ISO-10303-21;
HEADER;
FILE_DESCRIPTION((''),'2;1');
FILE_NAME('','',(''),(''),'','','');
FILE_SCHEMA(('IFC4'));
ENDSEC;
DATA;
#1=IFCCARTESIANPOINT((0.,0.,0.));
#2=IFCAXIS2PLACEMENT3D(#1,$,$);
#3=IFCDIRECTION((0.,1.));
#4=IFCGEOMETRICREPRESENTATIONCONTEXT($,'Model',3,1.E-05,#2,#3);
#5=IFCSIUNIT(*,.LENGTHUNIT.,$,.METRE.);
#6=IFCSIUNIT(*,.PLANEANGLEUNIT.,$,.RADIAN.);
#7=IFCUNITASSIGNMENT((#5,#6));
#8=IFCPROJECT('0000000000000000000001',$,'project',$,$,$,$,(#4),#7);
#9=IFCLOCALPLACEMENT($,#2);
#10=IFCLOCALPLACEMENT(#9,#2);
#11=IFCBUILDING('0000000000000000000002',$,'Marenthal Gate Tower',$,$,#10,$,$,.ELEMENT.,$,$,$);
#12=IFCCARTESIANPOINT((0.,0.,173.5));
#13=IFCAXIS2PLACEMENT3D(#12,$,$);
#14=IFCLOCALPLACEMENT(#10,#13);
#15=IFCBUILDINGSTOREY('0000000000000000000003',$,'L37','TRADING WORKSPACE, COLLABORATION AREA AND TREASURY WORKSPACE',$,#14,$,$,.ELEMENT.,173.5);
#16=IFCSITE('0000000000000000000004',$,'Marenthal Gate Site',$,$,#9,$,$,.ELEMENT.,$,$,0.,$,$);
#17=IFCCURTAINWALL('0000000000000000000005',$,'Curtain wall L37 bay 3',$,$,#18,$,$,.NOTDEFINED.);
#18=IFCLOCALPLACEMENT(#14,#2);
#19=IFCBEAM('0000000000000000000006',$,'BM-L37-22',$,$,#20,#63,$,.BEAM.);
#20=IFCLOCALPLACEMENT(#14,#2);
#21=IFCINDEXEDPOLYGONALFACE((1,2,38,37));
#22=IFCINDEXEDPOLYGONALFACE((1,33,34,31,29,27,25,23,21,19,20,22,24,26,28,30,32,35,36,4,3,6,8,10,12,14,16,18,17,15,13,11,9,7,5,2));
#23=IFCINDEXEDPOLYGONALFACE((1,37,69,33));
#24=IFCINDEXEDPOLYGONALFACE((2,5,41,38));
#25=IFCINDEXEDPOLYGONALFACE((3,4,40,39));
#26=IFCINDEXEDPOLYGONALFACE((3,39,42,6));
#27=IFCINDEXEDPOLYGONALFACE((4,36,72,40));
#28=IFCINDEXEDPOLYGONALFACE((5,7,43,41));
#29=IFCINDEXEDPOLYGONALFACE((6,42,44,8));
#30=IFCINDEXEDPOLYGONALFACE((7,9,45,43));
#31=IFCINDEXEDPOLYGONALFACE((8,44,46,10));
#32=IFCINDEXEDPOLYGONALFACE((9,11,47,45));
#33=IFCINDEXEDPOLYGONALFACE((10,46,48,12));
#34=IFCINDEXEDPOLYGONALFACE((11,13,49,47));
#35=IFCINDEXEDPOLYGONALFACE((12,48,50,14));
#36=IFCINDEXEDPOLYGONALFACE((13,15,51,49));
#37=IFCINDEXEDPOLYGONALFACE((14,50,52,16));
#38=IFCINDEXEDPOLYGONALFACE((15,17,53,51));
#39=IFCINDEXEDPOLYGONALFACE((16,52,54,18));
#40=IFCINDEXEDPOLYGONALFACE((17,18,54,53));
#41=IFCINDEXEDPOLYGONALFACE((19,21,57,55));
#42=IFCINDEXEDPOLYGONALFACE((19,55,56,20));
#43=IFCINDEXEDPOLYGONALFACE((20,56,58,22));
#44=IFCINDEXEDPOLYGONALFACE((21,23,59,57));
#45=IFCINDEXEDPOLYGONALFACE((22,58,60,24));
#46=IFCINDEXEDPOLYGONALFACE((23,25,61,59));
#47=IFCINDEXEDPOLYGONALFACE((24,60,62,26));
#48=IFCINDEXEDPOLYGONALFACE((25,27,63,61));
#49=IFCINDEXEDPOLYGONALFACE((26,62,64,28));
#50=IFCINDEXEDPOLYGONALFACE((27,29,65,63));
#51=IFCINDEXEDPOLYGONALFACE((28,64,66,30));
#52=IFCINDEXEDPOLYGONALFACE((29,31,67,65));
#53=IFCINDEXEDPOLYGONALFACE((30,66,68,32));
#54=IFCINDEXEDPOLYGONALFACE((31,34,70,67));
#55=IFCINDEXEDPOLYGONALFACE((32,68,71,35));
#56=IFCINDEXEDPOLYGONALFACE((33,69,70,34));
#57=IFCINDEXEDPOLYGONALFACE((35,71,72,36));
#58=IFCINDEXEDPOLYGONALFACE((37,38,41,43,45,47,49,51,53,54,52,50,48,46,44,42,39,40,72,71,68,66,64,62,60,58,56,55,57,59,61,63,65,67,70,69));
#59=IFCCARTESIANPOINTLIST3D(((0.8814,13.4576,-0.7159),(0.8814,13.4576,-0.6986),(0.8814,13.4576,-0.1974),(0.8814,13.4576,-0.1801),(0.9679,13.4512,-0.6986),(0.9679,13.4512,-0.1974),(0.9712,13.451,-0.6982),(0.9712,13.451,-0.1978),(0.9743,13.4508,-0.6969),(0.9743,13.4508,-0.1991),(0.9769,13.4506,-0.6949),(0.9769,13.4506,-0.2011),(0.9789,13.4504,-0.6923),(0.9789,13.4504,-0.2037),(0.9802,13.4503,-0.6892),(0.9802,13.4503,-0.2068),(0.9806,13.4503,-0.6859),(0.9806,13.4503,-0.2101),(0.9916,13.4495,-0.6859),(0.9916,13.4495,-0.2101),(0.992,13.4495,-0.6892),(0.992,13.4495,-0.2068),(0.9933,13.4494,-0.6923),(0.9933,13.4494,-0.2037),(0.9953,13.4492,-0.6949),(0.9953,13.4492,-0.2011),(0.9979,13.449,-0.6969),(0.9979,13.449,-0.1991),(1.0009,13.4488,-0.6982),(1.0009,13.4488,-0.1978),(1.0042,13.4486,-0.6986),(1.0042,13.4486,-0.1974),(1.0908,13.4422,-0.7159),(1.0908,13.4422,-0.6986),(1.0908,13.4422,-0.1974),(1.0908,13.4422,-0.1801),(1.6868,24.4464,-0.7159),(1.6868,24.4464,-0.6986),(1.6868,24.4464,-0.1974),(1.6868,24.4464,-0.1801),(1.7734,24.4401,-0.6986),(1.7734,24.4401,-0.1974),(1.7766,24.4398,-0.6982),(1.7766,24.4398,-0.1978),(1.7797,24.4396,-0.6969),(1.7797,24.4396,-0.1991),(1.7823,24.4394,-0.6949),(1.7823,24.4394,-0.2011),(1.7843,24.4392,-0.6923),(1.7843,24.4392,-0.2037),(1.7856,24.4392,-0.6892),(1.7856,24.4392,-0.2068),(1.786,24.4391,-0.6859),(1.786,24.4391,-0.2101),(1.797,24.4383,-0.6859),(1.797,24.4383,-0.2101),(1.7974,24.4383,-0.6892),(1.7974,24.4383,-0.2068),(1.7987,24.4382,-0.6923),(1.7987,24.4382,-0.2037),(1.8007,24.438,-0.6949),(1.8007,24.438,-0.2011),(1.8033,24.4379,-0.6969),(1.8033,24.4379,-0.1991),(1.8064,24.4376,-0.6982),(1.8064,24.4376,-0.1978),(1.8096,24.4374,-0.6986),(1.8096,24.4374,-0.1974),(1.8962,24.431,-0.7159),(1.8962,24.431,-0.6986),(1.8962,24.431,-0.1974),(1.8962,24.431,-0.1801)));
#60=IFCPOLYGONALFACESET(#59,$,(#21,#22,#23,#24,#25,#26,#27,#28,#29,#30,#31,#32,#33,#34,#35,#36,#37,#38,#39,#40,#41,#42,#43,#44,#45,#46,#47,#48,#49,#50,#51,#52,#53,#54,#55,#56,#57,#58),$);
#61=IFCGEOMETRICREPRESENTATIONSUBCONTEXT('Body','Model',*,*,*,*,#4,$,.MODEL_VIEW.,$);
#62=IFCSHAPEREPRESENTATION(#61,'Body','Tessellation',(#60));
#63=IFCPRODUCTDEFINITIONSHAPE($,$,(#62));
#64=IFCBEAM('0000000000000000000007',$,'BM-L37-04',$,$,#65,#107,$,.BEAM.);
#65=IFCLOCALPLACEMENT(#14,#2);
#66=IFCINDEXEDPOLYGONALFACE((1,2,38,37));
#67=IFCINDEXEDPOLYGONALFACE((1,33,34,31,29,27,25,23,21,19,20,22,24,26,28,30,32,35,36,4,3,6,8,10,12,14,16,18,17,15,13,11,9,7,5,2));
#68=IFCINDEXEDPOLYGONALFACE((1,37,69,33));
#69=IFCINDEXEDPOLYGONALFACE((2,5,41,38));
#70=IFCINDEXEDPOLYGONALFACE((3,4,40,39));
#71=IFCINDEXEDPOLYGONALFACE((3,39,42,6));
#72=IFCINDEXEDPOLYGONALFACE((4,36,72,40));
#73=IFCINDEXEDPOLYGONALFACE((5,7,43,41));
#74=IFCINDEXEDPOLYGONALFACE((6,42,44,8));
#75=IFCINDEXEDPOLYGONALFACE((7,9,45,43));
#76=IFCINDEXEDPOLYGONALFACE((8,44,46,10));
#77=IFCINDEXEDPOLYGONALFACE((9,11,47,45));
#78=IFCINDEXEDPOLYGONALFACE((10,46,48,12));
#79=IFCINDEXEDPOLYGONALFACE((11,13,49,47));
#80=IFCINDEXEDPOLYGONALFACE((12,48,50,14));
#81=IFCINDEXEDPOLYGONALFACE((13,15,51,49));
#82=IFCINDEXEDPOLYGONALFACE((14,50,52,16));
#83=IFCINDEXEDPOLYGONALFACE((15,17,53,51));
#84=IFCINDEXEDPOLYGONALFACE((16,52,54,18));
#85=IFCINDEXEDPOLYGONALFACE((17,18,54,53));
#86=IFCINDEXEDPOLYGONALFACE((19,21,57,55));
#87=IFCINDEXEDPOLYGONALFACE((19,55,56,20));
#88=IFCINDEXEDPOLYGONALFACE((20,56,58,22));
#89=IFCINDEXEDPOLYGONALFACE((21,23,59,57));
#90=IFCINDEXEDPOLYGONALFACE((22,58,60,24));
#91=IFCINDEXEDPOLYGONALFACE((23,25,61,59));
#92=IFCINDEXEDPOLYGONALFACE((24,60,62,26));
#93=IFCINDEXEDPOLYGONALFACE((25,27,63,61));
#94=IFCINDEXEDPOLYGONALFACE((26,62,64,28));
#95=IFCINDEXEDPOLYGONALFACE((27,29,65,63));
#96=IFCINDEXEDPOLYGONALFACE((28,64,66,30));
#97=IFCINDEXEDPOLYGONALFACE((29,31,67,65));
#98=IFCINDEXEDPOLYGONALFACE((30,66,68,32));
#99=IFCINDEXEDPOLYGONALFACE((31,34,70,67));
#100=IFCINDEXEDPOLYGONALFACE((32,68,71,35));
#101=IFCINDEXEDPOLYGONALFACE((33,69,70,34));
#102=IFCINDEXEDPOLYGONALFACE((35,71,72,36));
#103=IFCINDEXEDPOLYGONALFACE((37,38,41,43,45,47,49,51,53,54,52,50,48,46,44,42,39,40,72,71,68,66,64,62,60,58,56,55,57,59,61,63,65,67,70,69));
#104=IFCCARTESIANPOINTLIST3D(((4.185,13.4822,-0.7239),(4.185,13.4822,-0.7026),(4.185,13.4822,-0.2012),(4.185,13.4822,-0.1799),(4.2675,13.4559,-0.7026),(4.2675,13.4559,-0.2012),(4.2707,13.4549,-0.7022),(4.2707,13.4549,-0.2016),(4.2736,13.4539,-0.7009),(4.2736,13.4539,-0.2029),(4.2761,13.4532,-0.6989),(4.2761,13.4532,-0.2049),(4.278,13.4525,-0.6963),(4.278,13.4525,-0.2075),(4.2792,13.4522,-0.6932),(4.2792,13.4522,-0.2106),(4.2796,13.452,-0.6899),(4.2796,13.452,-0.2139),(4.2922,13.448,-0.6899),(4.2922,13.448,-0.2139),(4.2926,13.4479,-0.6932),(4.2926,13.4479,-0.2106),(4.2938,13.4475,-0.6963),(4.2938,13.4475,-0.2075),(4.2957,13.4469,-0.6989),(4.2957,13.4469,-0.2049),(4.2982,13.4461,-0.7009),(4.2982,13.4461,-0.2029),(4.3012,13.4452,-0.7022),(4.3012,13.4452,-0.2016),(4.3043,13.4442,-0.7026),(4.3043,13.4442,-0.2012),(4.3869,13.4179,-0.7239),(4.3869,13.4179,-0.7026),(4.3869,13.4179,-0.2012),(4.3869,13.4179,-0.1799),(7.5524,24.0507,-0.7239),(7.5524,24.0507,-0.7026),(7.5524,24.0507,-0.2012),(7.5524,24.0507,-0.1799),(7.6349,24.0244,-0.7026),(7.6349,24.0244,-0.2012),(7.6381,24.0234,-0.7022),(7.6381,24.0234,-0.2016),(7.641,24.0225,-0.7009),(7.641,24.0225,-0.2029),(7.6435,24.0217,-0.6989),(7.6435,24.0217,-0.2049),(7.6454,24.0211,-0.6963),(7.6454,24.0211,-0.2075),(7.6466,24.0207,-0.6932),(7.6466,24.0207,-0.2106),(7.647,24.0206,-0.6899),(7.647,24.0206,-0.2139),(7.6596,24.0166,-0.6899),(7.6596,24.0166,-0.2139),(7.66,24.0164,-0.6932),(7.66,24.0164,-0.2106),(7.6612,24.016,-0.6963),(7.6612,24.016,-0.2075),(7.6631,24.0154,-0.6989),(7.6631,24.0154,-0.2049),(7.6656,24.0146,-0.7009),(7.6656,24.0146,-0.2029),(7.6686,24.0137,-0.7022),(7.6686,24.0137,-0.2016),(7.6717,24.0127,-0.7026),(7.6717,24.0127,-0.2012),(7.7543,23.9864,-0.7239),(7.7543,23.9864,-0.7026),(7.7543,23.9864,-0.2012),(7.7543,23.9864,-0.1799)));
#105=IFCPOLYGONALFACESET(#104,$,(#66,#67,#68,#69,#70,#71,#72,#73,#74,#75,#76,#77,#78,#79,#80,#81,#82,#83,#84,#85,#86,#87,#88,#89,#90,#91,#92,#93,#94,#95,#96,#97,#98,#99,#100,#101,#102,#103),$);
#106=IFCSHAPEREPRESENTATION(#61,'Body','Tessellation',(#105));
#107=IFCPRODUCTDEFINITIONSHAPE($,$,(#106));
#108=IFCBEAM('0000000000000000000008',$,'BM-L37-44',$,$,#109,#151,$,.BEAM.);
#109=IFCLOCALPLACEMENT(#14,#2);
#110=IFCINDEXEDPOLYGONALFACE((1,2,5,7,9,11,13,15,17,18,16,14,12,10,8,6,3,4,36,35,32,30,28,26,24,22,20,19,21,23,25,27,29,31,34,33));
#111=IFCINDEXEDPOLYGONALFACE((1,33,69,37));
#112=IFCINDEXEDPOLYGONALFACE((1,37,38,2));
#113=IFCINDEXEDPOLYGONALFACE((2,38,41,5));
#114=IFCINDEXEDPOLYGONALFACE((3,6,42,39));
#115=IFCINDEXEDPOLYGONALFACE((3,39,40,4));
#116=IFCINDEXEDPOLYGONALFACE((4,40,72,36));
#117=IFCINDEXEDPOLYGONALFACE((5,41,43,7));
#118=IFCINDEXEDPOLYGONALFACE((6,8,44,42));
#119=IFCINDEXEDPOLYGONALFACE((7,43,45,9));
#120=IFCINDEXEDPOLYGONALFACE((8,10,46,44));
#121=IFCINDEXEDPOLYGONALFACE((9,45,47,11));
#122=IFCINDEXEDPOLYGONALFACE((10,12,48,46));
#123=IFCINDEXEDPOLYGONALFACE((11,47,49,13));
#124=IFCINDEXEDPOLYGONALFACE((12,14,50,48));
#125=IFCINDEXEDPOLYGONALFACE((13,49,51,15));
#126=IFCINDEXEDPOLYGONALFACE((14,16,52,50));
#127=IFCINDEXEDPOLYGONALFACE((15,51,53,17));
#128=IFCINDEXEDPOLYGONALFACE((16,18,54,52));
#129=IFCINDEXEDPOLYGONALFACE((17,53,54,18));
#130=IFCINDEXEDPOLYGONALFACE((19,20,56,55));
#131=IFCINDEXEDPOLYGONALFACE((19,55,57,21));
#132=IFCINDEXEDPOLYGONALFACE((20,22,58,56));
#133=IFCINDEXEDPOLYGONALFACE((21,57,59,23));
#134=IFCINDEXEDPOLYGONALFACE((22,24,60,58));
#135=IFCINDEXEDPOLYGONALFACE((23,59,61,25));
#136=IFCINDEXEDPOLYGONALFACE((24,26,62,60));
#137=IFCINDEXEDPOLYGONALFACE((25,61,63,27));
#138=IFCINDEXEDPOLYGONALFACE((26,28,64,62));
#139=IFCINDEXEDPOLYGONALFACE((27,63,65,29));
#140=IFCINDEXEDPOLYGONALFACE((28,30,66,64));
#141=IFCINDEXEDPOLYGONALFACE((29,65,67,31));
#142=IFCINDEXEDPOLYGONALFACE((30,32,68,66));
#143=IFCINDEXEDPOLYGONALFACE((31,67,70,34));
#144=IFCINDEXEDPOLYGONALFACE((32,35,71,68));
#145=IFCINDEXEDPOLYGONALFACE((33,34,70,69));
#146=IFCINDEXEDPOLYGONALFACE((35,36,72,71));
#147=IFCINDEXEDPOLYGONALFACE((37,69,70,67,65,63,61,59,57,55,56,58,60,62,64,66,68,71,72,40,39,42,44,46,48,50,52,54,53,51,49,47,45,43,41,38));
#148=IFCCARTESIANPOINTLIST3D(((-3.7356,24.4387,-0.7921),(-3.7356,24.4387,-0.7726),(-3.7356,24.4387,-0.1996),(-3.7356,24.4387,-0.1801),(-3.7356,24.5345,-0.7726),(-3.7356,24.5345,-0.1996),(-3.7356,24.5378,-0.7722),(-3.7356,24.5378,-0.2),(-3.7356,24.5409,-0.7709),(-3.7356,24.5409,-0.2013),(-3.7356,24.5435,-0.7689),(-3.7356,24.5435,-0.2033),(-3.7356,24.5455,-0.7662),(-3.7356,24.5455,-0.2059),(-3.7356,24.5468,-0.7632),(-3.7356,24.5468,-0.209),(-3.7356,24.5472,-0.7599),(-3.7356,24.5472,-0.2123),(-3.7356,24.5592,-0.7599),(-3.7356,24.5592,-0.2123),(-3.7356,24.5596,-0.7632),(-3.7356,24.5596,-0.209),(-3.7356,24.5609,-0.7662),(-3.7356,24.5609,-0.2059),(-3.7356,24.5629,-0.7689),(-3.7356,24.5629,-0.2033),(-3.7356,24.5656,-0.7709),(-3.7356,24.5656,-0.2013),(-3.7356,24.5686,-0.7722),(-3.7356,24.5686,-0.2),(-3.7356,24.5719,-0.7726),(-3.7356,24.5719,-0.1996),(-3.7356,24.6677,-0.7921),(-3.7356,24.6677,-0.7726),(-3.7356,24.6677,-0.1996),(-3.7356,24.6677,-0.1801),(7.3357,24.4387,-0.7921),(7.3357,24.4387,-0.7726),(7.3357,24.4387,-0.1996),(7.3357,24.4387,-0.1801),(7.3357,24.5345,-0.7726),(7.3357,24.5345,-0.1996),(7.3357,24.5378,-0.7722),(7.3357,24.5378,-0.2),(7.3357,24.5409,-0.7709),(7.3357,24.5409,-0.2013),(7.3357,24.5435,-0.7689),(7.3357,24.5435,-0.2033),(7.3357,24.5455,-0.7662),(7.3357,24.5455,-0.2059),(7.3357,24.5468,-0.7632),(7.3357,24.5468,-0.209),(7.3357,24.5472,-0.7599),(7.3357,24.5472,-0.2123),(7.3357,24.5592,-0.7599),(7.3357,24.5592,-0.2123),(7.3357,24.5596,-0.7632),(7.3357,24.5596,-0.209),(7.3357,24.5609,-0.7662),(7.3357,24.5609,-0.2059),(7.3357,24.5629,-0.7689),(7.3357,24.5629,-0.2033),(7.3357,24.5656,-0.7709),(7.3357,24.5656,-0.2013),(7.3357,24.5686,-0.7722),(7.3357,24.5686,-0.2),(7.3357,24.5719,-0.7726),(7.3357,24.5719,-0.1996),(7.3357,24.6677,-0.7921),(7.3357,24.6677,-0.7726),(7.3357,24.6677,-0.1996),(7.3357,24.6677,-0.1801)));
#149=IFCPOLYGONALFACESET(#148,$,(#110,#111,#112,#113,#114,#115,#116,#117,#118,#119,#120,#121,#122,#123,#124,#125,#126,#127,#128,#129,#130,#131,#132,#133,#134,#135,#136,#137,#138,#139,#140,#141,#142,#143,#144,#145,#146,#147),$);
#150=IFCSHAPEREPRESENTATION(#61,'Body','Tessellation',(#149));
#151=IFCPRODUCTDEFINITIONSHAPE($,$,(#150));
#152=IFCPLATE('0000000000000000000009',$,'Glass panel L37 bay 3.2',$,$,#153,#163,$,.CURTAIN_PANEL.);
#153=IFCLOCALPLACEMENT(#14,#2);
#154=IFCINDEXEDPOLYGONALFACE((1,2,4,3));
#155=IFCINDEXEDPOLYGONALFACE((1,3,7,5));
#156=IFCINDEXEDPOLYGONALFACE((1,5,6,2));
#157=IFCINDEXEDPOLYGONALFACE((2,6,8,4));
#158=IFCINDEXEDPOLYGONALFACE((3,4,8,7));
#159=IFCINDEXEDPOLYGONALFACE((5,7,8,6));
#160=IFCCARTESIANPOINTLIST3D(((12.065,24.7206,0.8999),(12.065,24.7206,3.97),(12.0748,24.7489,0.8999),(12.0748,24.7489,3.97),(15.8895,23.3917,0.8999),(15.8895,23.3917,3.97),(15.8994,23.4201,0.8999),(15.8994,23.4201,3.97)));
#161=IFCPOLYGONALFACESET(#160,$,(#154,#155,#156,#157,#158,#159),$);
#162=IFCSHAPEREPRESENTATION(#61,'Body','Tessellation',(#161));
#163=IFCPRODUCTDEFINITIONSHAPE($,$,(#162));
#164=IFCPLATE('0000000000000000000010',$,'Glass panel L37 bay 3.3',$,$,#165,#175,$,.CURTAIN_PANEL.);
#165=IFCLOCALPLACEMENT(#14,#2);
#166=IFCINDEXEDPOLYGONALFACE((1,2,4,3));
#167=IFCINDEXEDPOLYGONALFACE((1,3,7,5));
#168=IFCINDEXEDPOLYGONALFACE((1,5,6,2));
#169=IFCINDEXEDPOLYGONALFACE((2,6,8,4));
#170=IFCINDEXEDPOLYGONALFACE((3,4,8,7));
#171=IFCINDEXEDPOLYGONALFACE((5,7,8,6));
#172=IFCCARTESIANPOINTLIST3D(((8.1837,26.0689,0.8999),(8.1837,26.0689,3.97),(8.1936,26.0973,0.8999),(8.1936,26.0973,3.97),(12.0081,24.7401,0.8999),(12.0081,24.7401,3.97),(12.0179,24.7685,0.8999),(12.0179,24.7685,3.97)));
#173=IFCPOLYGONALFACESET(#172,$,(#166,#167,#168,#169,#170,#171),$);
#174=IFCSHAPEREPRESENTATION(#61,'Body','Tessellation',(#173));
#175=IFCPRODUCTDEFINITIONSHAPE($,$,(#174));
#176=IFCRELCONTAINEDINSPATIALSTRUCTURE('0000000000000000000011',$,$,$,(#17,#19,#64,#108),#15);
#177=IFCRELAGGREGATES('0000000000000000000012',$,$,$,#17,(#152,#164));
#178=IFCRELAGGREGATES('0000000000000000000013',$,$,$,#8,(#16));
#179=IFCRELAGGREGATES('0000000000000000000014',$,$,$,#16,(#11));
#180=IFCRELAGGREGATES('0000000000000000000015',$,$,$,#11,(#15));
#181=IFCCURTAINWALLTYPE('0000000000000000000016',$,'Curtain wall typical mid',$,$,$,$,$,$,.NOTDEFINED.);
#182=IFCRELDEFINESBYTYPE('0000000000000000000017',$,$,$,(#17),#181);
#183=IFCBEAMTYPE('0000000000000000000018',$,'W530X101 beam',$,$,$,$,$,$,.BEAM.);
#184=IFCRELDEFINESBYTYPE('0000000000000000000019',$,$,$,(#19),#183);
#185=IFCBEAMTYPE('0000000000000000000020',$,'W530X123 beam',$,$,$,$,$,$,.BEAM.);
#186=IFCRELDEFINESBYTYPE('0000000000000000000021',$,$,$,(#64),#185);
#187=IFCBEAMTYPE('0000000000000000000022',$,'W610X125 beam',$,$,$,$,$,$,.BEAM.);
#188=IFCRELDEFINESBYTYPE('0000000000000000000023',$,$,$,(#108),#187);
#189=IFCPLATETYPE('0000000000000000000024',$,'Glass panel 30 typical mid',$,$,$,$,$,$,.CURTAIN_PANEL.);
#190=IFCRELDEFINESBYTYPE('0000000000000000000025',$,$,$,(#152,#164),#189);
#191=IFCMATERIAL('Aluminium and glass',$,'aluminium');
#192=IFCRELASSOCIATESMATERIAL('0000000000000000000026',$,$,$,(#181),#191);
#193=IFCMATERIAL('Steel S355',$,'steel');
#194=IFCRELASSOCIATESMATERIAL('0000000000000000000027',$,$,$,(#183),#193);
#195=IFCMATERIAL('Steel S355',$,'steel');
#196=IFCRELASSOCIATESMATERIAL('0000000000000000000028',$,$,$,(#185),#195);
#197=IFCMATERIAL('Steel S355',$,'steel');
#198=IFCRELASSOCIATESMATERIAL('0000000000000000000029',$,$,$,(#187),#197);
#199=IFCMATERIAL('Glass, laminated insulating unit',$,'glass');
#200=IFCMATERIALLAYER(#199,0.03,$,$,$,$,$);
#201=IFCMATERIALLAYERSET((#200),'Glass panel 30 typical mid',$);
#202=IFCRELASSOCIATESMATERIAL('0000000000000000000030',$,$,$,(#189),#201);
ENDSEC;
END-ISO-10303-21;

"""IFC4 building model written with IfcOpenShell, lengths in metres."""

from ifc_helpers import new_model, si_unit, direction, frame, origin, origin_2d, place, context, subcontext, project, spatial, rectangle, i_section, extrude, material, layer, layer_set, material_profile, profile_set, type_object, element, aggregate, save


model = new_model("IFC4")

# Units and contexts
model_context = context("Model", 3, precision=1e-05, world=origin(), true_north=direction((0.0, 1.0)))
body_context = subcontext(model_context, "Body", "Model", "MODEL_VIEW")
ifc_project = project(units=[si_unit("LENGTHUNIT", "METRE"), si_unit("PLANEANGLEUNIT", "RADIAN")], contexts=[model_context])

# Site, building, storey
site_placement = place(None, origin())
site = spatial("IfcSite", under=ifc_project, at=site_placement, Name="Marenthal Gate Site", CompositionType="ELEMENT", RefElevation=0.0)
building_placement = place(site_placement, origin())
building = spatial("IfcBuilding", under=site, at=building_placement, Name="Marenthal Gate Tower", CompositionType="ELEMENT")
storey_placement = place(building_placement, frame((0.0, 0.0, 173.5)))
storey = spatial("IfcBuildingStorey", under=building, at=storey_placement, Name="L37", Description="TRADING WORKSPACE, COLLABORATION AREA AND TREASURY WORKSPACE", CompositionType="ELEMENT", Elevation=173.5)

# Curtain wall
ifc_material_1 = material(Name="Aluminium and glass", Category="aluminium")
curtain_wall_type = type_object("IfcCurtainWallType", Name="Curtain wall typical mid", PredefinedType="NOTDEFINED", material=ifc_material_1)
curtain_wall_placement = place(storey_placement, origin())
curtain_wall = element("IfcCurtainWall", 1, at=curtain_wall_placement, inside=storey, type_object=curtain_wall_type, Name="Curtain wall L37 bay 3", PredefinedType="NOTDEFINED")

# Beams
ifc_material_2 = material(Name="Steel S355", Category="steel")
ifc_material_profile_1 = material_profile(ifc_material_2, i_section(OverallWidth=0.21, OverallDepth=0.5359, WebThickness=0.011, FlangeThickness=0.0173, FilletRadius=0.0127, at=origin_2d()), Name="W530X101")
ifc_profile_set_1 = profile_set([ifc_material_profile_1], Name="Steel S355")
beam_type_1 = type_object("IfcBeamType", Name="W530X101 beam", PredefinedType="BEAM", material=ifc_profile_set_1)
beam_1_placement = place(storey_placement, frame((1.7915, 24.4387, -0.448), z_axis=(-0.073099, -0.997325, 0.0), x_axis=(0.997325, -0.073099, 0.0)))
element("IfcBeam", 2, at=beam_1_placement, inside=storey, type_object=beam_type_1, Name="BM-L37-22", PredefinedType="BEAM", context=body_context, shape_type="SweptSolid", body=[
    extrude(i_section(OverallWidth=0.21, OverallDepth=0.5359, WebThickness=0.011, FlangeThickness=0.0173, FilletRadius=0.0127, at=origin_2d()), origin(), (0.0, 0.0, 1.0), 11.0183),
])
ifc_material_3 = material(Name="Steel S355", Category="steel")
ifc_material_profile_2 = material_profile(ifc_material_3, i_section(OverallWidth=0.2119, OverallDepth=0.5439, WebThickness=0.0132, FlangeThickness=0.0212, FilletRadius=0.0127, at=origin_2d()), Name="W530X123")
ifc_profile_set_2 = profile_set([ifc_material_profile_2], Name="Steel S355")
beam_type_2 = type_object("IfcBeamType", Name="W530X123 beam", PredefinedType="BEAM", material=ifc_profile_set_2)
beam_2_placement = place(storey_placement, frame((7.6533, 24.0186, -0.4519), z_axis=(-0.303588, -0.952803, 0.0), x_axis=(0.952803, -0.303588, 0.0)))
element("IfcBeam", 3, at=beam_2_placement, inside=storey, type_object=beam_type_2, Name="BM-L37-04", PredefinedType="BEAM", context=body_context, shape_type="SweptSolid", body=[
    extrude(i_section(OverallWidth=0.2119, OverallDepth=0.5439, WebThickness=0.0132, FlangeThickness=0.0212, FilletRadius=0.0127, at=origin_2d()), origin(), (0.0, 0.0, 1.0), 11.092),
])
ifc_material_4 = material(Name="Steel S355", Category="steel")
ifc_material_profile_3 = material_profile(ifc_material_4, i_section(OverallWidth=0.229, OverallDepth=0.6121, WebThickness=0.012, FlangeThickness=0.0195, FilletRadius=0.0127, at=origin_2d()), Name="W610X125")
ifc_profile_set_3 = profile_set([ifc_material_profile_3], Name="Steel S355")
beam_type_3 = type_object("IfcBeamType", Name="W610X125 beam", PredefinedType="BEAM", material=ifc_profile_set_3)
beam_3_placement = place(storey_placement, frame((7.3357, 24.5532, -0.4861), z_axis=(-1.0, 0.0, 0.0), x_axis=(0.0, -1.0, 0.0)))
element("IfcBeam", 4, at=beam_3_placement, inside=storey, type_object=beam_type_3, Name="BM-L37-44", PredefinedType="BEAM", context=body_context, shape_type="SweptSolid", body=[
    extrude(i_section(OverallWidth=0.229, OverallDepth=0.6121, WebThickness=0.012, FlangeThickness=0.0195, FilletRadius=0.0127, at=origin_2d()), origin(), (0.0, 0.0, 1.0), 11.0713),
])

# Plates
ifc_material_5 = material(Name="Glass, laminated insulating unit", Category="glass")
ifc_layer_1 = layer(ifc_material_5, 0.03)
ifc_layer_set_1 = layer_set([ifc_layer_1], Name="Glass panel 30 typical mid")
plate_type = type_object("IfcPlateType", Name="Glass panel 30 typical mid", PredefinedType="CURTAIN_PANEL", material=ifc_layer_set_1)
plate_1_placement = place(storey_placement, frame((13.9822, 24.0703, 0.8999), z_axis=(0.0, 0.0, 1.0), x_axis=(-0.944604, 0.328211, 0.0)))
plate_1 = element("IfcPlate", 5, at=plate_1_placement, type_object=plate_type, Name="Glass panel L37 bay 3.2", PredefinedType="CURTAIN_PANEL", context=body_context, shape_type="SweptSolid", body=[
    extrude(rectangle(XDim=4.0488, YDim=0.03, at=origin_2d()), origin(), (0.0, 0.0, 1.0), 3.0701),
])
plate_2_placement = place(storey_placement, frame((10.1008, 25.4187, 0.8999), z_axis=(0.0, 0.0, 1.0), x_axis=(-0.944604, 0.328211, 0.0)))
plate_2 = element("IfcPlate", 6, at=plate_2_placement, type_object=plate_type, Name="Glass panel L37 bay 3.3", PredefinedType="CURTAIN_PANEL", context=body_context, shape_type="SweptSolid", body=[
    extrude(rectangle(XDim=4.0486, YDim=0.03, at=origin_2d()), origin(), (0.0, 0.0, 1.0), 3.0701),
])
aggregate(curtain_wall, [plate_1, plate_2])

save(model, "model.ifc")
